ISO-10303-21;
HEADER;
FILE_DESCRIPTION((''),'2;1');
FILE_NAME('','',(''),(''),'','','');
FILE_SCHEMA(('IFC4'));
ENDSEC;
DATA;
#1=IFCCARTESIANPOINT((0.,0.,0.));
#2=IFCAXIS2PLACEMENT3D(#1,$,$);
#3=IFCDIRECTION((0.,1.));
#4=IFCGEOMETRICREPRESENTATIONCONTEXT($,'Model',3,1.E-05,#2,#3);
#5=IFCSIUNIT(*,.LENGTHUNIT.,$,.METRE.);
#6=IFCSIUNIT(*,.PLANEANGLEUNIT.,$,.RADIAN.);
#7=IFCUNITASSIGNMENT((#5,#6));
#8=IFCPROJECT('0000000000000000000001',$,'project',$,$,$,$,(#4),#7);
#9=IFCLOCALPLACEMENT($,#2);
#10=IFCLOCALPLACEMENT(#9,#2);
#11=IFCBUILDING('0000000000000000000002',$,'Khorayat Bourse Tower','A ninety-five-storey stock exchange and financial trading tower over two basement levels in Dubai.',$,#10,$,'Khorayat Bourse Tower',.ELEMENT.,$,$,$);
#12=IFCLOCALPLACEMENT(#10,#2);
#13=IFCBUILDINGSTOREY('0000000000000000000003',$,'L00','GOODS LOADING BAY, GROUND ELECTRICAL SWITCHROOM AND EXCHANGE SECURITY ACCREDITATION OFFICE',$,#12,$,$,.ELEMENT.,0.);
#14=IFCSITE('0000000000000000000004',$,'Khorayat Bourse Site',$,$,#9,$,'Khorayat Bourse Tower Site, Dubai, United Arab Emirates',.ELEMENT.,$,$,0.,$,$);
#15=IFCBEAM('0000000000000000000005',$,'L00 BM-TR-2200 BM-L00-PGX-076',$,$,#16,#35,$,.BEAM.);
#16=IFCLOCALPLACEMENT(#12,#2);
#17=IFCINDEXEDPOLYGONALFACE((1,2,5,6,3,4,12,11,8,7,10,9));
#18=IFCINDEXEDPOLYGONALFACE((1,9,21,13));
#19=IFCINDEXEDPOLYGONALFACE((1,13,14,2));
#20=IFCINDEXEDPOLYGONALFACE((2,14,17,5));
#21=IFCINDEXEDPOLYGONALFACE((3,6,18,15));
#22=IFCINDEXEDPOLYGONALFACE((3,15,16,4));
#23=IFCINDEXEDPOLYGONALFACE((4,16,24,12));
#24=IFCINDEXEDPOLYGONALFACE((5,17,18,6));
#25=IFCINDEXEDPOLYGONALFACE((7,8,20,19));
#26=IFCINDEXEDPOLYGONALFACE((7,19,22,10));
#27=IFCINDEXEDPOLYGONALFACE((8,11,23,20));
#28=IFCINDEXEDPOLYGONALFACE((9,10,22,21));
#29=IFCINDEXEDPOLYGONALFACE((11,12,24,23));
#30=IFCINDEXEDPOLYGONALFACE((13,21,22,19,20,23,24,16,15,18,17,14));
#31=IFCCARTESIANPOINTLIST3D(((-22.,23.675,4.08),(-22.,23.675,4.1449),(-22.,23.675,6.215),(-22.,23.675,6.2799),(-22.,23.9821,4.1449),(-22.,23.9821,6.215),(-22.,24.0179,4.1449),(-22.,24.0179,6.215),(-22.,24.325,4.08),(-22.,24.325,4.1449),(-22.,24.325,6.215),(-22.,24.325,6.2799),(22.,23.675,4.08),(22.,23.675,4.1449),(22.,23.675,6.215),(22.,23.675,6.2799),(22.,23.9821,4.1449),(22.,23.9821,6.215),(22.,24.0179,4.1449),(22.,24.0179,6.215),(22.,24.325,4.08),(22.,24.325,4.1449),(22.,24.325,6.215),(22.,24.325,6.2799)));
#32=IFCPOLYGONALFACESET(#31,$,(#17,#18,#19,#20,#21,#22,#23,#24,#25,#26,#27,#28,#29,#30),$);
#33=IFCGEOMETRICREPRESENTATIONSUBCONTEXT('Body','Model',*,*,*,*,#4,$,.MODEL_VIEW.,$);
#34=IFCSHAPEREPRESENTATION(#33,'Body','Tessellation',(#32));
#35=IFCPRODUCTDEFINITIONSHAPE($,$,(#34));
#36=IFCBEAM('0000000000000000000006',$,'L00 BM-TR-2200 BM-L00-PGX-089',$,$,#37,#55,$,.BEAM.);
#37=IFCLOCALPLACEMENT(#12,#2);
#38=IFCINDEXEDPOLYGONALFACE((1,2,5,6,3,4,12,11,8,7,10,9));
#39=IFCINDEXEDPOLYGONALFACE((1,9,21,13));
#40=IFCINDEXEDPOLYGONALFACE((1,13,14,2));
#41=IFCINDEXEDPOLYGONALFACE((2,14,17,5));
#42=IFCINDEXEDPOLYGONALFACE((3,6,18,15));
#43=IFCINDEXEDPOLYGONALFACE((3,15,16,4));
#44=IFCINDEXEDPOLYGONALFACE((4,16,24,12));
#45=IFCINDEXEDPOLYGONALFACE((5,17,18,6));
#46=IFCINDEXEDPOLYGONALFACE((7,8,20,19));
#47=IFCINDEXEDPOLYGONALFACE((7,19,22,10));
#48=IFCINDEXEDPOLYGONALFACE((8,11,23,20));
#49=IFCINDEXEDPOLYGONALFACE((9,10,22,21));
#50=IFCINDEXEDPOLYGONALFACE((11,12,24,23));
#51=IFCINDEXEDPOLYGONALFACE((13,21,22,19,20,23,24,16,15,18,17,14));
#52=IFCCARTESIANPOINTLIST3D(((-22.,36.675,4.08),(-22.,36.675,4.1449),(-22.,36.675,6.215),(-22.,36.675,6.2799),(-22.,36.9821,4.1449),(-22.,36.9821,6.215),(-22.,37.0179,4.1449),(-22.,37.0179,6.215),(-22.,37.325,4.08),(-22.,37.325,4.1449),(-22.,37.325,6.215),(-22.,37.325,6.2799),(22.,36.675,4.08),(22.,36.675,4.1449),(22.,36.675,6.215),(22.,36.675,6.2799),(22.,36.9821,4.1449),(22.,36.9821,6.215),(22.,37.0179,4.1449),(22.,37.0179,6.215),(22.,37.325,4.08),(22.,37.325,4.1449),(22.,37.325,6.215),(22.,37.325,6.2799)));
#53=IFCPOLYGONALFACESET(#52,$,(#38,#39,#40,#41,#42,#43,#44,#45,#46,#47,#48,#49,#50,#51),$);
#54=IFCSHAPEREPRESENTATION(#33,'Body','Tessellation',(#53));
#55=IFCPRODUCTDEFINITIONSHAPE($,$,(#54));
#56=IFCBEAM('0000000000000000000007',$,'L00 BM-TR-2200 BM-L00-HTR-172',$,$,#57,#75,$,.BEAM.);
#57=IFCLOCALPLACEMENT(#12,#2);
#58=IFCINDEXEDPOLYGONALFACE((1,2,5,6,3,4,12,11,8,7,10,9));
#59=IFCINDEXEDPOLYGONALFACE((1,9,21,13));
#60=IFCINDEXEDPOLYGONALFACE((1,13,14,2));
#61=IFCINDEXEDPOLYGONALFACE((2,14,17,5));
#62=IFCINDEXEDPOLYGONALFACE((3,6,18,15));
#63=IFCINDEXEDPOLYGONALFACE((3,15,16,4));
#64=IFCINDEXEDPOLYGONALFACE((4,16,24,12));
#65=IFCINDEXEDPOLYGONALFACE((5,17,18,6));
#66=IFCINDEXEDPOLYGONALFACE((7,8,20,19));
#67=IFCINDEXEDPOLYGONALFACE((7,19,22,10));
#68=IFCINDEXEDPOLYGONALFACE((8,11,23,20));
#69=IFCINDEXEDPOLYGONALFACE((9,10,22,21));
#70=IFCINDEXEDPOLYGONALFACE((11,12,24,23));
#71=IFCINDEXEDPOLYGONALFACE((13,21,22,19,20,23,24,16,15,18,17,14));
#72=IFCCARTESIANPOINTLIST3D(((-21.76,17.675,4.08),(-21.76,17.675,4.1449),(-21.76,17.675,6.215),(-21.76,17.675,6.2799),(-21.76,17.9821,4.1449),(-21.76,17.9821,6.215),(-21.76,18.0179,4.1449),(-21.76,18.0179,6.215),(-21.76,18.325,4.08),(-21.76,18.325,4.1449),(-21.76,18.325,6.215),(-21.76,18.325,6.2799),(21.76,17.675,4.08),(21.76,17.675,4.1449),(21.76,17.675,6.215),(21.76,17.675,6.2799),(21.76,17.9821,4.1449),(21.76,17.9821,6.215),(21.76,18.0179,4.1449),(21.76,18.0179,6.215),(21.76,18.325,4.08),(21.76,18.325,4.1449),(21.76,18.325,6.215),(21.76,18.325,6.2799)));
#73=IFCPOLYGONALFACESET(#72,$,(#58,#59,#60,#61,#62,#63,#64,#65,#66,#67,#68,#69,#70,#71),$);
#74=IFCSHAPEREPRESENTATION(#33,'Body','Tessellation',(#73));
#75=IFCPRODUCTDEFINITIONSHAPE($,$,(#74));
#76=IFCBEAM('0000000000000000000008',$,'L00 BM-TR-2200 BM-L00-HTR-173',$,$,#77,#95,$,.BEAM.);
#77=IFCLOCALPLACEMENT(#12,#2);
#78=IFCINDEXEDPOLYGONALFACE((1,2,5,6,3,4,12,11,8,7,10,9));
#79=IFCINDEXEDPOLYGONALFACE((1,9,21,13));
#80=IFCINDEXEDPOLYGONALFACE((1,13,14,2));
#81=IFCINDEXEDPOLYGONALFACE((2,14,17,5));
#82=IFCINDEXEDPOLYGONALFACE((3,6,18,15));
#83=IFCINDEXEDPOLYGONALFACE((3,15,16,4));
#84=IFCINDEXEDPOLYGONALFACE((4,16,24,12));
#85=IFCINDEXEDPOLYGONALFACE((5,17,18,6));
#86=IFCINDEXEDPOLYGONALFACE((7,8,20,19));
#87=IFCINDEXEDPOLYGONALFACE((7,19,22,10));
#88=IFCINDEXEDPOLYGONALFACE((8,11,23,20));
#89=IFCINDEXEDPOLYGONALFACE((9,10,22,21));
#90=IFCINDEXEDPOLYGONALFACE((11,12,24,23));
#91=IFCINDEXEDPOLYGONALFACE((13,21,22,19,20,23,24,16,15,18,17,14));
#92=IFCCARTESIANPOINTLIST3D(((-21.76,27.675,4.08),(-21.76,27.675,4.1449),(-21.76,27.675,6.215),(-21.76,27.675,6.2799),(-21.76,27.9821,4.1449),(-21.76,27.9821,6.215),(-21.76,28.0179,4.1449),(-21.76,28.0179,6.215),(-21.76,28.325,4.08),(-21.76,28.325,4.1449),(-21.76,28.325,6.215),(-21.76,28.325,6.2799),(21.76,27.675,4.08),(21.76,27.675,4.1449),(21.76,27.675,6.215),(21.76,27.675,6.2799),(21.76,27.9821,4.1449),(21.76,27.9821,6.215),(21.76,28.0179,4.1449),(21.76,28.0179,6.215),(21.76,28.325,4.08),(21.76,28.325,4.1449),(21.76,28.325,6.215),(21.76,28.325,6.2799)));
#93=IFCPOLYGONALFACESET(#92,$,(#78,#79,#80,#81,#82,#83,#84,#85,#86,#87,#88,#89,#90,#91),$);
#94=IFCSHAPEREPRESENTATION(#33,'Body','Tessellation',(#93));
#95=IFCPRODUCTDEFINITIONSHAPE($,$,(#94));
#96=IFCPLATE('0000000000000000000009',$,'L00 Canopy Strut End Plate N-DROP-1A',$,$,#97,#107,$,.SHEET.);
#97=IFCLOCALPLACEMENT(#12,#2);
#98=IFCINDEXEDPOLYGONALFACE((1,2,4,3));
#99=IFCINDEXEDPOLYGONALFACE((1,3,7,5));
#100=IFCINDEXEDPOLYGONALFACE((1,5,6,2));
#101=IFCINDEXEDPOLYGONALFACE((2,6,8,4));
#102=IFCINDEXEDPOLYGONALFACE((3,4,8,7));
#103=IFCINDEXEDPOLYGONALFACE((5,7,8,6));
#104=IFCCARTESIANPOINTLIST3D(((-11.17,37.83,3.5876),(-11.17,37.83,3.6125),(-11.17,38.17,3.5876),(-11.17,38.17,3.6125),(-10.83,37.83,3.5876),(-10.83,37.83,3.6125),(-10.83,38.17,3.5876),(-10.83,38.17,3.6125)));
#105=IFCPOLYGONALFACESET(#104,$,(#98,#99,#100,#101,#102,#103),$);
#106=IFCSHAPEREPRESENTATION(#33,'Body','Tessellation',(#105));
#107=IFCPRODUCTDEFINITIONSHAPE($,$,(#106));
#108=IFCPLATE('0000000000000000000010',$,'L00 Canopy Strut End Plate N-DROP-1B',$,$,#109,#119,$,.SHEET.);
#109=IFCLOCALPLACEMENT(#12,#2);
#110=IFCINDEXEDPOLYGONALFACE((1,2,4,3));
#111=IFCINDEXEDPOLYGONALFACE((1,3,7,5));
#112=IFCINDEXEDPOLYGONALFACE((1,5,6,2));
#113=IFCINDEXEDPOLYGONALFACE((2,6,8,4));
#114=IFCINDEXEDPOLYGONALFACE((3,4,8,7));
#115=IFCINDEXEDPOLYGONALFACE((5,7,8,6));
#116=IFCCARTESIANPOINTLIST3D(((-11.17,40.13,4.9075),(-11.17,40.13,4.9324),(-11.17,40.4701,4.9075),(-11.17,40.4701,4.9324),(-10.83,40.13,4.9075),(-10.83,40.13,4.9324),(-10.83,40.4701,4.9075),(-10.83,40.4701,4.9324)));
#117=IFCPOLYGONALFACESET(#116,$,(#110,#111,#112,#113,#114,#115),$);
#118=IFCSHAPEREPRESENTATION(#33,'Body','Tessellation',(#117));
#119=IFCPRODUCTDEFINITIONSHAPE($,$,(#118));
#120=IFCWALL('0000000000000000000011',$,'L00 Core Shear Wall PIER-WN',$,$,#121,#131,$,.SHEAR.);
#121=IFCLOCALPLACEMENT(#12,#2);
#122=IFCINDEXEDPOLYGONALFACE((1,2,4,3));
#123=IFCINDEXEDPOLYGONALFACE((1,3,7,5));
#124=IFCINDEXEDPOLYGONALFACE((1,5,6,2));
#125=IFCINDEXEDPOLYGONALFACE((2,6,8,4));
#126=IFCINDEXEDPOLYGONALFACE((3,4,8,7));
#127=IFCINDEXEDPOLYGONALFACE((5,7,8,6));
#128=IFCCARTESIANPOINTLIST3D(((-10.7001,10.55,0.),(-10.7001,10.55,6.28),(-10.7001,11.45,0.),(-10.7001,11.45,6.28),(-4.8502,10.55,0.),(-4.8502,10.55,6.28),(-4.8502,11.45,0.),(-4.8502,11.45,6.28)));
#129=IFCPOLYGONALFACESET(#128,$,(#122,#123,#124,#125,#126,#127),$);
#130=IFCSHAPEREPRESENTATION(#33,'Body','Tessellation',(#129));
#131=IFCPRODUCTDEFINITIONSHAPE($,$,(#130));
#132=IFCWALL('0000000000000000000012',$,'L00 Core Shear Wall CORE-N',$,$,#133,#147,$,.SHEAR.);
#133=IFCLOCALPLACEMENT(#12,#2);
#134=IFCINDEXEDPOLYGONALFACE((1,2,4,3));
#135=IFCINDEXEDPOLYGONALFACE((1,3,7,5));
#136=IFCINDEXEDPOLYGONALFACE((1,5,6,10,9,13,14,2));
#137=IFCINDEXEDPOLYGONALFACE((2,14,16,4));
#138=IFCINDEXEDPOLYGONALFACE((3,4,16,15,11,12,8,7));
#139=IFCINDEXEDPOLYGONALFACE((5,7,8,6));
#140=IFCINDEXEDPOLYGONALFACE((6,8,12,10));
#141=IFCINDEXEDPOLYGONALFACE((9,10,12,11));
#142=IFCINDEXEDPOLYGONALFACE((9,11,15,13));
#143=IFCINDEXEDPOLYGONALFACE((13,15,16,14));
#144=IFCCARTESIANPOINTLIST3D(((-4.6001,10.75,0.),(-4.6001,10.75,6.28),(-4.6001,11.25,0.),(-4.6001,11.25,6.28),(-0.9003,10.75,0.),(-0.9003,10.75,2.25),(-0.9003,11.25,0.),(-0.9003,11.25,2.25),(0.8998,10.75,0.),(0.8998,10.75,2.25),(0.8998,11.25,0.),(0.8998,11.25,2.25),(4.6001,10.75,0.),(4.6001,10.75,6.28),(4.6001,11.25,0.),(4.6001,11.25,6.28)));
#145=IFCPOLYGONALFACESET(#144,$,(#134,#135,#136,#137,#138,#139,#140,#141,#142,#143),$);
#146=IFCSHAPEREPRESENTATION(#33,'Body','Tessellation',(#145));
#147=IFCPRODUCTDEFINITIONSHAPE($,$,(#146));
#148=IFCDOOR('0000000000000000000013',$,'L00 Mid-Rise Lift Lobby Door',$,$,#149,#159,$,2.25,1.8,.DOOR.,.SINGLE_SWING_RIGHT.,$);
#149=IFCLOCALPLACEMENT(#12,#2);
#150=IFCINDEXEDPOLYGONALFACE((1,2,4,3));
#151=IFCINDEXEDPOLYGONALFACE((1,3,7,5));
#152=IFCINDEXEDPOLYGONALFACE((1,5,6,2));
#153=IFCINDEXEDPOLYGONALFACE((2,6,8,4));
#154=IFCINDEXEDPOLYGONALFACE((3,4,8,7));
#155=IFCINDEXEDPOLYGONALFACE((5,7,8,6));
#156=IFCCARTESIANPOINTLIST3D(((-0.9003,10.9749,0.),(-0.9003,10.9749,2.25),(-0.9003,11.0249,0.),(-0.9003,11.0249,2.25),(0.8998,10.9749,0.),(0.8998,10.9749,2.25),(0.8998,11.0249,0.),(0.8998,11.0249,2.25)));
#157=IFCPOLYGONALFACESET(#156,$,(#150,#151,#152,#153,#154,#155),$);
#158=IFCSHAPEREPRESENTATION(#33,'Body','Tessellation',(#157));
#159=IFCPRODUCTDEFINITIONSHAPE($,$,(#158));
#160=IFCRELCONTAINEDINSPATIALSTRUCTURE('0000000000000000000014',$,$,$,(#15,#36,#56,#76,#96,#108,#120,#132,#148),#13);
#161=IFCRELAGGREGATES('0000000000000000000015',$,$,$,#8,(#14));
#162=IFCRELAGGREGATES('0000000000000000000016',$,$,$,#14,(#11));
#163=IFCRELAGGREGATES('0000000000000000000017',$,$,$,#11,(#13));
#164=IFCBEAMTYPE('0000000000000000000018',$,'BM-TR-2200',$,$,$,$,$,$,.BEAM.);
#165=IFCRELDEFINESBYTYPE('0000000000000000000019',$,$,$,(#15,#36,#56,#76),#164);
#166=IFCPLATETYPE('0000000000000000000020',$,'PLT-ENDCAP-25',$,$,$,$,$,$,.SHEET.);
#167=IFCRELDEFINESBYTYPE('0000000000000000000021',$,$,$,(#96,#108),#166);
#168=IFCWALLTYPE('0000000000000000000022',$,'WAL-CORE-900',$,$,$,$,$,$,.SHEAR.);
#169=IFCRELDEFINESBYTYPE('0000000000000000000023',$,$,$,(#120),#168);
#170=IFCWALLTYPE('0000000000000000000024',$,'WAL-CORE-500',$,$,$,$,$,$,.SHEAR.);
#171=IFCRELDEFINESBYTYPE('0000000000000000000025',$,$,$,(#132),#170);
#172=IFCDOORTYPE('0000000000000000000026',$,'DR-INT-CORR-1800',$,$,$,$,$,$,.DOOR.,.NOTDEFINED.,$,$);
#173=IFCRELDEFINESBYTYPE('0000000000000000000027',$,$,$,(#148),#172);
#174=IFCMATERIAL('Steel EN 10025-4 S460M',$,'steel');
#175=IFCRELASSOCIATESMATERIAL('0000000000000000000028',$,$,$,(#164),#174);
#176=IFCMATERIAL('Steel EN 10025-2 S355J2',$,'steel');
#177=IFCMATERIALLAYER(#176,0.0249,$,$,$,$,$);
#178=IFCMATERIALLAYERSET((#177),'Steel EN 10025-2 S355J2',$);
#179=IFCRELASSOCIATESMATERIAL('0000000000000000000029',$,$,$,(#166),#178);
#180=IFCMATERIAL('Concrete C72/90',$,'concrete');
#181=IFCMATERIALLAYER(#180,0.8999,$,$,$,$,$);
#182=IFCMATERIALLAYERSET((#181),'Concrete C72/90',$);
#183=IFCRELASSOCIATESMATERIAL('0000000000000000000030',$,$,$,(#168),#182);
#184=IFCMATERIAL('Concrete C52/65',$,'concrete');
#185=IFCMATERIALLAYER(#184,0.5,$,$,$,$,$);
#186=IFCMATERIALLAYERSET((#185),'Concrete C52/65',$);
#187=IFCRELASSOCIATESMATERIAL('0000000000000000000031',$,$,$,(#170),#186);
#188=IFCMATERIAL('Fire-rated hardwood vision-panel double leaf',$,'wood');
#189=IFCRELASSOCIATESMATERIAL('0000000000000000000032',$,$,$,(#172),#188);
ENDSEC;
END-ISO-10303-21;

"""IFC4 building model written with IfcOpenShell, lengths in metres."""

from ifc_helpers import new_model, si_unit, direction, frame, frame_2d, origin, origin_2d, place, context, subcontext, project, spatial, rectangle, i_section, extrude, source, transform, mapped, material, layer, layer_set, material_profile, profile_set, type_object, element, fill, save


model = new_model("IFC4")

# Units and contexts
model_context = context("Model", 3, precision=1e-05, world=origin(), true_north=direction((0.0, 1.0)))
body_context = subcontext(model_context, "Body", "Model", "MODEL_VIEW")
ifc_project = project(units=[si_unit("LENGTHUNIT", "METRE"), si_unit("PLANEANGLEUNIT", "RADIAN")], contexts=[model_context])

# Site, building, storey
site_placement = place(None, origin())
site = spatial("IfcSite", under=ifc_project, at=site_placement, Name="Khorayat Bourse Site", LongName="Khorayat Bourse Tower Site, Dubai, United Arab Emirates", CompositionType="ELEMENT", RefElevation=0.0)
building_placement = place(site_placement, origin())
building = spatial("IfcBuilding", under=site, at=building_placement, Name="Khorayat Bourse Tower", Description="A ninety-five-storey stock exchange and financial trading tower over two basement levels in Dubai.", LongName="Khorayat Bourse Tower", CompositionType="ELEMENT")
storey_placement = place(building_placement, origin())
storey = spatial("IfcBuildingStorey", under=building, at=storey_placement, Name="L00", Description="GOODS LOADING BAY, GROUND ELECTRICAL SWITCHROOM AND EXCHANGE SECURITY ACCREDITATION OFFICE", CompositionType="ELEMENT", Elevation=0.0)

# Shared definitions
ifc_material_1 = material(Name="Concrete C72/90", Category="concrete")

# Shared definitions
ifc_material_2 = material(Name="Steel EN 10025-2 S355J2", Category="steel")

# Beams
ifc_material_3 = material(Name="Steel EN 10025-4 S460M", Category="steel")
ifc_material_profile_1 = material_profile(ifc_material_3, i_section(OverallWidth=0.6499, OverallDepth=2.2, WebThickness=0.0359, FlangeThickness=0.0649, at=origin_2d()), Name="PG 2200x650x36x65")
ifc_profile_set_1 = profile_set([ifc_material_profile_1], Name="Steel EN 10025-4 S460M")
beam_type_1 = type_object("IfcBeamType", Name="BM-TR-2200", PredefinedType="BEAM", material=ifc_profile_set_1)
shared_shape_1 = source(origin(), body_context, "Body", "SweptSolid", [
    extrude(i_section(OverallWidth=0.6499, OverallDepth=2.2, WebThickness=0.0359, FlangeThickness=0.0649, at=origin_2d()), origin(), (0.0, 0.0, 1.0), 44.0),
])
for number, where, z_axis, x_axis, name in (
    (1, (-22.0, 24.0, 5.1799), (1.0, 0.0, 0.0), (0.0, 1.0, 0.0), "L00 BM-TR-2200 BM-L00-PGX-076"),
    (2, (-22.0, 37.0, 5.1799), (1.0, 0.0, 0.0), (0.0, 1.0, 0.0), "L00 BM-TR-2200 BM-L00-PGX-089"),
):
    element("IfcBeam", number, at=place(storey_placement, frame(where, z_axis=z_axis, x_axis=x_axis)), inside=storey, type_object=beam_type_1, Name=name, PredefinedType="BEAM", context=body_context, shape_type="MappedRepresentation", body=[
        mapped(shared_shape_1, transform((0.0, 0.0, 0.0), scale=1.0)),
    ])
shared_shape_2 = source(origin(), body_context, "Body", "SweptSolid", [
    extrude(i_section(OverallWidth=0.6499, OverallDepth=2.2, WebThickness=0.0359, FlangeThickness=0.0649, at=origin_2d()), origin(), (0.0, 0.0, 1.0), 43.52),
])
for number, where, z_axis, x_axis, name in (
    (3, (-21.76, 18.0, 5.1799), (1.0, 0.0, 0.0), (0.0, 1.0, 0.0), "L00 BM-TR-2200 BM-L00-HTR-172"),
    (4, (-21.76, 28.0, 5.1799), (1.0, 0.0, 0.0), (0.0, 1.0, 0.0), "L00 BM-TR-2200 BM-L00-HTR-173"),
):
    element("IfcBeam", number, at=place(storey_placement, frame(where, z_axis=z_axis, x_axis=x_axis)), inside=storey, type_object=beam_type_1, Name=name, PredefinedType="BEAM", context=body_context, shape_type="MappedRepresentation", body=[
        mapped(shared_shape_2, transform((0.0, 0.0, 0.0), scale=1.0)),
    ])

# Plates
ifc_layer_1 = layer(ifc_material_2, 0.0249)
ifc_layer_set_1 = layer_set([ifc_layer_1], Name="Steel EN 10025-2 S355J2")
plate_type = type_object("IfcPlateType", Name="PLT-ENDCAP-25", PredefinedType="SHEET", material=ifc_layer_set_1)
shared_shape_3 = source(origin(), body_context, "Body", "SweptSolid", [
    extrude(rectangle(XDim=0.3401, YDim=0.3401, at=origin_2d()), origin(), (0.0, 0.0, 1.0), 0.0249),
])
for number, where, z_axis, x_axis, name in (
    (5, (-11.0, 38.0, 3.5876), (0.0, 0.0, 1.0), (1.0, 0.0, 0.0), "L00 Canopy Strut End Plate N-DROP-1A"),
    (6, (-11.0, 40.3, 4.9075), (0.0, 0.0, 1.0), (1.0, 0.0, 0.0), "L00 Canopy Strut End Plate N-DROP-1B"),
):
    element("IfcPlate", number, at=place(storey_placement, frame(where, z_axis=z_axis, x_axis=x_axis)), inside=storey, type_object=plate_type, Name=name, PredefinedType="SHEET", context=body_context, shape_type="MappedRepresentation", body=[
        mapped(shared_shape_3, transform((0.0, 0.0, 0.0), scale=1.0)),
    ])

# Wall
ifc_layer_2 = layer(ifc_material_1, 0.8999)
ifc_layer_set_2 = layer_set([ifc_layer_2], Name="Concrete C72/90")
wall_type_1 = type_object("IfcWallType", Name="WAL-CORE-900", PredefinedType="SHEAR", material=ifc_layer_set_2)
shared_shape_4 = source(origin(), body_context, "Body", "SweptSolid", [
    extrude(rectangle(XDim=5.8499, YDim=0.8999, at=frame_2d((2.9248, 0.0))), origin(), (0.0, 0.0, 1.0), 6.28),
])
wall_1_placement = place(storey_placement, frame((-10.7, 11.0, 0.0), z_axis=(0.0, 0.0, 1.0), x_axis=(1.0, 0.0, 0.0)))
element("IfcWall", 7, at=wall_1_placement, inside=storey, type_object=wall_type_1, Name="L00 Core Shear Wall PIER-WN", PredefinedType="SHEAR", context=body_context, shape_type="MappedRepresentation", body=[
    mapped(shared_shape_4, transform((0.0, 0.0, 0.0), scale=1.0)),
])

# Wall, opening, door
ifc_material_4 = material(Name="Concrete C52/65", Category="concrete")
ifc_layer_3 = layer(ifc_material_4, 0.5)
ifc_layer_set_3 = layer_set([ifc_layer_3], Name="Concrete C52/65")
wall_type_2 = type_object("IfcWallType", Name="WAL-CORE-500", PredefinedType="SHEAR", material=ifc_layer_set_3)
shared_shape_5 = source(origin(), body_context, "Body", "SweptSolid", [
    extrude(rectangle(XDim=9.2002, YDim=0.5, at=frame_2d((4.6001, 0.0))), origin(), (0.0, 0.0, 1.0), 6.28),
])
wall_2_placement = place(storey_placement, frame((-4.6001, 11.0, 0.0), z_axis=(0.0, 0.0, 1.0), x_axis=(1.0, 0.0, 0.0)))
wall_2 = element("IfcWall", 8, at=wall_2_placement, inside=storey, type_object=wall_type_2, Name="L00 Core Shear Wall CORE-N", PredefinedType="SHEAR", context=body_context, shape_type="MappedRepresentation", body=[
    mapped(shared_shape_5, transform((0.0, 0.0, 0.0), scale=1.0)),
])
shared_shape_6 = source(origin(), body_context, "Body", "SweptSolid", [
    extrude(rectangle(XDim=1.8, YDim=2.25, at=frame_2d((0.8999, 1.125))), frame((0.0, 0.26, 0.0), z_axis=(0.0, -1.0, 0.0), x_axis=(1.0, 0.0, 0.0)), (0.0, 0.0, 1.0), 0.52),
])
opening_1_placement = place(wall_2_placement, frame((3.7, 0.0, 0.0)))
opening_1 = element("IfcOpeningElement", 9, at=opening_1_placement, cuts=wall_2, PredefinedType="OPENING", context=body_context, shape_type="MappedRepresentation", body=[
    mapped(shared_shape_6, transform((0.0, 0.0, 0.0), scale=1.0)),
])
ifc_material_5 = material(Name="Fire-rated hardwood vision-panel double leaf", Category="wood")
door_type_1 = type_object("IfcDoorType", Name="DR-INT-CORR-1800", OperationType="NOTDEFINED", PredefinedType="DOOR", material=ifc_material_5)
shared_shape_7 = source(origin(), body_context, "Body", "SweptSolid", [
    extrude(rectangle(XDim=1.8, YDim=2.25, at=frame_2d((0.8999, 1.125))), frame((0.0, 0.0249, 0.0), z_axis=(0.0, -1.0, 0.0), x_axis=(1.0, 0.0, 0.0)), (0.0, 0.0, 1.0), 0.05),
])
door_1_placement = place(opening_1_placement, origin())
door_1 = element("IfcDoor", 10, at=door_1_placement, inside=storey, type_object=door_type_1, Name="L00 Mid-Rise Lift Lobby Door", OperationType="SINGLE_SWING_RIGHT", OverallHeight=2.25, OverallWidth=1.8, PredefinedType="DOOR", context=body_context, shape_type="MappedRepresentation", body=[
    mapped(shared_shape_7, transform((0.0, 0.0, 0.0), scale=1.0)),
])
fill(opening_1, door_1)

save(model, "model.ifc")
